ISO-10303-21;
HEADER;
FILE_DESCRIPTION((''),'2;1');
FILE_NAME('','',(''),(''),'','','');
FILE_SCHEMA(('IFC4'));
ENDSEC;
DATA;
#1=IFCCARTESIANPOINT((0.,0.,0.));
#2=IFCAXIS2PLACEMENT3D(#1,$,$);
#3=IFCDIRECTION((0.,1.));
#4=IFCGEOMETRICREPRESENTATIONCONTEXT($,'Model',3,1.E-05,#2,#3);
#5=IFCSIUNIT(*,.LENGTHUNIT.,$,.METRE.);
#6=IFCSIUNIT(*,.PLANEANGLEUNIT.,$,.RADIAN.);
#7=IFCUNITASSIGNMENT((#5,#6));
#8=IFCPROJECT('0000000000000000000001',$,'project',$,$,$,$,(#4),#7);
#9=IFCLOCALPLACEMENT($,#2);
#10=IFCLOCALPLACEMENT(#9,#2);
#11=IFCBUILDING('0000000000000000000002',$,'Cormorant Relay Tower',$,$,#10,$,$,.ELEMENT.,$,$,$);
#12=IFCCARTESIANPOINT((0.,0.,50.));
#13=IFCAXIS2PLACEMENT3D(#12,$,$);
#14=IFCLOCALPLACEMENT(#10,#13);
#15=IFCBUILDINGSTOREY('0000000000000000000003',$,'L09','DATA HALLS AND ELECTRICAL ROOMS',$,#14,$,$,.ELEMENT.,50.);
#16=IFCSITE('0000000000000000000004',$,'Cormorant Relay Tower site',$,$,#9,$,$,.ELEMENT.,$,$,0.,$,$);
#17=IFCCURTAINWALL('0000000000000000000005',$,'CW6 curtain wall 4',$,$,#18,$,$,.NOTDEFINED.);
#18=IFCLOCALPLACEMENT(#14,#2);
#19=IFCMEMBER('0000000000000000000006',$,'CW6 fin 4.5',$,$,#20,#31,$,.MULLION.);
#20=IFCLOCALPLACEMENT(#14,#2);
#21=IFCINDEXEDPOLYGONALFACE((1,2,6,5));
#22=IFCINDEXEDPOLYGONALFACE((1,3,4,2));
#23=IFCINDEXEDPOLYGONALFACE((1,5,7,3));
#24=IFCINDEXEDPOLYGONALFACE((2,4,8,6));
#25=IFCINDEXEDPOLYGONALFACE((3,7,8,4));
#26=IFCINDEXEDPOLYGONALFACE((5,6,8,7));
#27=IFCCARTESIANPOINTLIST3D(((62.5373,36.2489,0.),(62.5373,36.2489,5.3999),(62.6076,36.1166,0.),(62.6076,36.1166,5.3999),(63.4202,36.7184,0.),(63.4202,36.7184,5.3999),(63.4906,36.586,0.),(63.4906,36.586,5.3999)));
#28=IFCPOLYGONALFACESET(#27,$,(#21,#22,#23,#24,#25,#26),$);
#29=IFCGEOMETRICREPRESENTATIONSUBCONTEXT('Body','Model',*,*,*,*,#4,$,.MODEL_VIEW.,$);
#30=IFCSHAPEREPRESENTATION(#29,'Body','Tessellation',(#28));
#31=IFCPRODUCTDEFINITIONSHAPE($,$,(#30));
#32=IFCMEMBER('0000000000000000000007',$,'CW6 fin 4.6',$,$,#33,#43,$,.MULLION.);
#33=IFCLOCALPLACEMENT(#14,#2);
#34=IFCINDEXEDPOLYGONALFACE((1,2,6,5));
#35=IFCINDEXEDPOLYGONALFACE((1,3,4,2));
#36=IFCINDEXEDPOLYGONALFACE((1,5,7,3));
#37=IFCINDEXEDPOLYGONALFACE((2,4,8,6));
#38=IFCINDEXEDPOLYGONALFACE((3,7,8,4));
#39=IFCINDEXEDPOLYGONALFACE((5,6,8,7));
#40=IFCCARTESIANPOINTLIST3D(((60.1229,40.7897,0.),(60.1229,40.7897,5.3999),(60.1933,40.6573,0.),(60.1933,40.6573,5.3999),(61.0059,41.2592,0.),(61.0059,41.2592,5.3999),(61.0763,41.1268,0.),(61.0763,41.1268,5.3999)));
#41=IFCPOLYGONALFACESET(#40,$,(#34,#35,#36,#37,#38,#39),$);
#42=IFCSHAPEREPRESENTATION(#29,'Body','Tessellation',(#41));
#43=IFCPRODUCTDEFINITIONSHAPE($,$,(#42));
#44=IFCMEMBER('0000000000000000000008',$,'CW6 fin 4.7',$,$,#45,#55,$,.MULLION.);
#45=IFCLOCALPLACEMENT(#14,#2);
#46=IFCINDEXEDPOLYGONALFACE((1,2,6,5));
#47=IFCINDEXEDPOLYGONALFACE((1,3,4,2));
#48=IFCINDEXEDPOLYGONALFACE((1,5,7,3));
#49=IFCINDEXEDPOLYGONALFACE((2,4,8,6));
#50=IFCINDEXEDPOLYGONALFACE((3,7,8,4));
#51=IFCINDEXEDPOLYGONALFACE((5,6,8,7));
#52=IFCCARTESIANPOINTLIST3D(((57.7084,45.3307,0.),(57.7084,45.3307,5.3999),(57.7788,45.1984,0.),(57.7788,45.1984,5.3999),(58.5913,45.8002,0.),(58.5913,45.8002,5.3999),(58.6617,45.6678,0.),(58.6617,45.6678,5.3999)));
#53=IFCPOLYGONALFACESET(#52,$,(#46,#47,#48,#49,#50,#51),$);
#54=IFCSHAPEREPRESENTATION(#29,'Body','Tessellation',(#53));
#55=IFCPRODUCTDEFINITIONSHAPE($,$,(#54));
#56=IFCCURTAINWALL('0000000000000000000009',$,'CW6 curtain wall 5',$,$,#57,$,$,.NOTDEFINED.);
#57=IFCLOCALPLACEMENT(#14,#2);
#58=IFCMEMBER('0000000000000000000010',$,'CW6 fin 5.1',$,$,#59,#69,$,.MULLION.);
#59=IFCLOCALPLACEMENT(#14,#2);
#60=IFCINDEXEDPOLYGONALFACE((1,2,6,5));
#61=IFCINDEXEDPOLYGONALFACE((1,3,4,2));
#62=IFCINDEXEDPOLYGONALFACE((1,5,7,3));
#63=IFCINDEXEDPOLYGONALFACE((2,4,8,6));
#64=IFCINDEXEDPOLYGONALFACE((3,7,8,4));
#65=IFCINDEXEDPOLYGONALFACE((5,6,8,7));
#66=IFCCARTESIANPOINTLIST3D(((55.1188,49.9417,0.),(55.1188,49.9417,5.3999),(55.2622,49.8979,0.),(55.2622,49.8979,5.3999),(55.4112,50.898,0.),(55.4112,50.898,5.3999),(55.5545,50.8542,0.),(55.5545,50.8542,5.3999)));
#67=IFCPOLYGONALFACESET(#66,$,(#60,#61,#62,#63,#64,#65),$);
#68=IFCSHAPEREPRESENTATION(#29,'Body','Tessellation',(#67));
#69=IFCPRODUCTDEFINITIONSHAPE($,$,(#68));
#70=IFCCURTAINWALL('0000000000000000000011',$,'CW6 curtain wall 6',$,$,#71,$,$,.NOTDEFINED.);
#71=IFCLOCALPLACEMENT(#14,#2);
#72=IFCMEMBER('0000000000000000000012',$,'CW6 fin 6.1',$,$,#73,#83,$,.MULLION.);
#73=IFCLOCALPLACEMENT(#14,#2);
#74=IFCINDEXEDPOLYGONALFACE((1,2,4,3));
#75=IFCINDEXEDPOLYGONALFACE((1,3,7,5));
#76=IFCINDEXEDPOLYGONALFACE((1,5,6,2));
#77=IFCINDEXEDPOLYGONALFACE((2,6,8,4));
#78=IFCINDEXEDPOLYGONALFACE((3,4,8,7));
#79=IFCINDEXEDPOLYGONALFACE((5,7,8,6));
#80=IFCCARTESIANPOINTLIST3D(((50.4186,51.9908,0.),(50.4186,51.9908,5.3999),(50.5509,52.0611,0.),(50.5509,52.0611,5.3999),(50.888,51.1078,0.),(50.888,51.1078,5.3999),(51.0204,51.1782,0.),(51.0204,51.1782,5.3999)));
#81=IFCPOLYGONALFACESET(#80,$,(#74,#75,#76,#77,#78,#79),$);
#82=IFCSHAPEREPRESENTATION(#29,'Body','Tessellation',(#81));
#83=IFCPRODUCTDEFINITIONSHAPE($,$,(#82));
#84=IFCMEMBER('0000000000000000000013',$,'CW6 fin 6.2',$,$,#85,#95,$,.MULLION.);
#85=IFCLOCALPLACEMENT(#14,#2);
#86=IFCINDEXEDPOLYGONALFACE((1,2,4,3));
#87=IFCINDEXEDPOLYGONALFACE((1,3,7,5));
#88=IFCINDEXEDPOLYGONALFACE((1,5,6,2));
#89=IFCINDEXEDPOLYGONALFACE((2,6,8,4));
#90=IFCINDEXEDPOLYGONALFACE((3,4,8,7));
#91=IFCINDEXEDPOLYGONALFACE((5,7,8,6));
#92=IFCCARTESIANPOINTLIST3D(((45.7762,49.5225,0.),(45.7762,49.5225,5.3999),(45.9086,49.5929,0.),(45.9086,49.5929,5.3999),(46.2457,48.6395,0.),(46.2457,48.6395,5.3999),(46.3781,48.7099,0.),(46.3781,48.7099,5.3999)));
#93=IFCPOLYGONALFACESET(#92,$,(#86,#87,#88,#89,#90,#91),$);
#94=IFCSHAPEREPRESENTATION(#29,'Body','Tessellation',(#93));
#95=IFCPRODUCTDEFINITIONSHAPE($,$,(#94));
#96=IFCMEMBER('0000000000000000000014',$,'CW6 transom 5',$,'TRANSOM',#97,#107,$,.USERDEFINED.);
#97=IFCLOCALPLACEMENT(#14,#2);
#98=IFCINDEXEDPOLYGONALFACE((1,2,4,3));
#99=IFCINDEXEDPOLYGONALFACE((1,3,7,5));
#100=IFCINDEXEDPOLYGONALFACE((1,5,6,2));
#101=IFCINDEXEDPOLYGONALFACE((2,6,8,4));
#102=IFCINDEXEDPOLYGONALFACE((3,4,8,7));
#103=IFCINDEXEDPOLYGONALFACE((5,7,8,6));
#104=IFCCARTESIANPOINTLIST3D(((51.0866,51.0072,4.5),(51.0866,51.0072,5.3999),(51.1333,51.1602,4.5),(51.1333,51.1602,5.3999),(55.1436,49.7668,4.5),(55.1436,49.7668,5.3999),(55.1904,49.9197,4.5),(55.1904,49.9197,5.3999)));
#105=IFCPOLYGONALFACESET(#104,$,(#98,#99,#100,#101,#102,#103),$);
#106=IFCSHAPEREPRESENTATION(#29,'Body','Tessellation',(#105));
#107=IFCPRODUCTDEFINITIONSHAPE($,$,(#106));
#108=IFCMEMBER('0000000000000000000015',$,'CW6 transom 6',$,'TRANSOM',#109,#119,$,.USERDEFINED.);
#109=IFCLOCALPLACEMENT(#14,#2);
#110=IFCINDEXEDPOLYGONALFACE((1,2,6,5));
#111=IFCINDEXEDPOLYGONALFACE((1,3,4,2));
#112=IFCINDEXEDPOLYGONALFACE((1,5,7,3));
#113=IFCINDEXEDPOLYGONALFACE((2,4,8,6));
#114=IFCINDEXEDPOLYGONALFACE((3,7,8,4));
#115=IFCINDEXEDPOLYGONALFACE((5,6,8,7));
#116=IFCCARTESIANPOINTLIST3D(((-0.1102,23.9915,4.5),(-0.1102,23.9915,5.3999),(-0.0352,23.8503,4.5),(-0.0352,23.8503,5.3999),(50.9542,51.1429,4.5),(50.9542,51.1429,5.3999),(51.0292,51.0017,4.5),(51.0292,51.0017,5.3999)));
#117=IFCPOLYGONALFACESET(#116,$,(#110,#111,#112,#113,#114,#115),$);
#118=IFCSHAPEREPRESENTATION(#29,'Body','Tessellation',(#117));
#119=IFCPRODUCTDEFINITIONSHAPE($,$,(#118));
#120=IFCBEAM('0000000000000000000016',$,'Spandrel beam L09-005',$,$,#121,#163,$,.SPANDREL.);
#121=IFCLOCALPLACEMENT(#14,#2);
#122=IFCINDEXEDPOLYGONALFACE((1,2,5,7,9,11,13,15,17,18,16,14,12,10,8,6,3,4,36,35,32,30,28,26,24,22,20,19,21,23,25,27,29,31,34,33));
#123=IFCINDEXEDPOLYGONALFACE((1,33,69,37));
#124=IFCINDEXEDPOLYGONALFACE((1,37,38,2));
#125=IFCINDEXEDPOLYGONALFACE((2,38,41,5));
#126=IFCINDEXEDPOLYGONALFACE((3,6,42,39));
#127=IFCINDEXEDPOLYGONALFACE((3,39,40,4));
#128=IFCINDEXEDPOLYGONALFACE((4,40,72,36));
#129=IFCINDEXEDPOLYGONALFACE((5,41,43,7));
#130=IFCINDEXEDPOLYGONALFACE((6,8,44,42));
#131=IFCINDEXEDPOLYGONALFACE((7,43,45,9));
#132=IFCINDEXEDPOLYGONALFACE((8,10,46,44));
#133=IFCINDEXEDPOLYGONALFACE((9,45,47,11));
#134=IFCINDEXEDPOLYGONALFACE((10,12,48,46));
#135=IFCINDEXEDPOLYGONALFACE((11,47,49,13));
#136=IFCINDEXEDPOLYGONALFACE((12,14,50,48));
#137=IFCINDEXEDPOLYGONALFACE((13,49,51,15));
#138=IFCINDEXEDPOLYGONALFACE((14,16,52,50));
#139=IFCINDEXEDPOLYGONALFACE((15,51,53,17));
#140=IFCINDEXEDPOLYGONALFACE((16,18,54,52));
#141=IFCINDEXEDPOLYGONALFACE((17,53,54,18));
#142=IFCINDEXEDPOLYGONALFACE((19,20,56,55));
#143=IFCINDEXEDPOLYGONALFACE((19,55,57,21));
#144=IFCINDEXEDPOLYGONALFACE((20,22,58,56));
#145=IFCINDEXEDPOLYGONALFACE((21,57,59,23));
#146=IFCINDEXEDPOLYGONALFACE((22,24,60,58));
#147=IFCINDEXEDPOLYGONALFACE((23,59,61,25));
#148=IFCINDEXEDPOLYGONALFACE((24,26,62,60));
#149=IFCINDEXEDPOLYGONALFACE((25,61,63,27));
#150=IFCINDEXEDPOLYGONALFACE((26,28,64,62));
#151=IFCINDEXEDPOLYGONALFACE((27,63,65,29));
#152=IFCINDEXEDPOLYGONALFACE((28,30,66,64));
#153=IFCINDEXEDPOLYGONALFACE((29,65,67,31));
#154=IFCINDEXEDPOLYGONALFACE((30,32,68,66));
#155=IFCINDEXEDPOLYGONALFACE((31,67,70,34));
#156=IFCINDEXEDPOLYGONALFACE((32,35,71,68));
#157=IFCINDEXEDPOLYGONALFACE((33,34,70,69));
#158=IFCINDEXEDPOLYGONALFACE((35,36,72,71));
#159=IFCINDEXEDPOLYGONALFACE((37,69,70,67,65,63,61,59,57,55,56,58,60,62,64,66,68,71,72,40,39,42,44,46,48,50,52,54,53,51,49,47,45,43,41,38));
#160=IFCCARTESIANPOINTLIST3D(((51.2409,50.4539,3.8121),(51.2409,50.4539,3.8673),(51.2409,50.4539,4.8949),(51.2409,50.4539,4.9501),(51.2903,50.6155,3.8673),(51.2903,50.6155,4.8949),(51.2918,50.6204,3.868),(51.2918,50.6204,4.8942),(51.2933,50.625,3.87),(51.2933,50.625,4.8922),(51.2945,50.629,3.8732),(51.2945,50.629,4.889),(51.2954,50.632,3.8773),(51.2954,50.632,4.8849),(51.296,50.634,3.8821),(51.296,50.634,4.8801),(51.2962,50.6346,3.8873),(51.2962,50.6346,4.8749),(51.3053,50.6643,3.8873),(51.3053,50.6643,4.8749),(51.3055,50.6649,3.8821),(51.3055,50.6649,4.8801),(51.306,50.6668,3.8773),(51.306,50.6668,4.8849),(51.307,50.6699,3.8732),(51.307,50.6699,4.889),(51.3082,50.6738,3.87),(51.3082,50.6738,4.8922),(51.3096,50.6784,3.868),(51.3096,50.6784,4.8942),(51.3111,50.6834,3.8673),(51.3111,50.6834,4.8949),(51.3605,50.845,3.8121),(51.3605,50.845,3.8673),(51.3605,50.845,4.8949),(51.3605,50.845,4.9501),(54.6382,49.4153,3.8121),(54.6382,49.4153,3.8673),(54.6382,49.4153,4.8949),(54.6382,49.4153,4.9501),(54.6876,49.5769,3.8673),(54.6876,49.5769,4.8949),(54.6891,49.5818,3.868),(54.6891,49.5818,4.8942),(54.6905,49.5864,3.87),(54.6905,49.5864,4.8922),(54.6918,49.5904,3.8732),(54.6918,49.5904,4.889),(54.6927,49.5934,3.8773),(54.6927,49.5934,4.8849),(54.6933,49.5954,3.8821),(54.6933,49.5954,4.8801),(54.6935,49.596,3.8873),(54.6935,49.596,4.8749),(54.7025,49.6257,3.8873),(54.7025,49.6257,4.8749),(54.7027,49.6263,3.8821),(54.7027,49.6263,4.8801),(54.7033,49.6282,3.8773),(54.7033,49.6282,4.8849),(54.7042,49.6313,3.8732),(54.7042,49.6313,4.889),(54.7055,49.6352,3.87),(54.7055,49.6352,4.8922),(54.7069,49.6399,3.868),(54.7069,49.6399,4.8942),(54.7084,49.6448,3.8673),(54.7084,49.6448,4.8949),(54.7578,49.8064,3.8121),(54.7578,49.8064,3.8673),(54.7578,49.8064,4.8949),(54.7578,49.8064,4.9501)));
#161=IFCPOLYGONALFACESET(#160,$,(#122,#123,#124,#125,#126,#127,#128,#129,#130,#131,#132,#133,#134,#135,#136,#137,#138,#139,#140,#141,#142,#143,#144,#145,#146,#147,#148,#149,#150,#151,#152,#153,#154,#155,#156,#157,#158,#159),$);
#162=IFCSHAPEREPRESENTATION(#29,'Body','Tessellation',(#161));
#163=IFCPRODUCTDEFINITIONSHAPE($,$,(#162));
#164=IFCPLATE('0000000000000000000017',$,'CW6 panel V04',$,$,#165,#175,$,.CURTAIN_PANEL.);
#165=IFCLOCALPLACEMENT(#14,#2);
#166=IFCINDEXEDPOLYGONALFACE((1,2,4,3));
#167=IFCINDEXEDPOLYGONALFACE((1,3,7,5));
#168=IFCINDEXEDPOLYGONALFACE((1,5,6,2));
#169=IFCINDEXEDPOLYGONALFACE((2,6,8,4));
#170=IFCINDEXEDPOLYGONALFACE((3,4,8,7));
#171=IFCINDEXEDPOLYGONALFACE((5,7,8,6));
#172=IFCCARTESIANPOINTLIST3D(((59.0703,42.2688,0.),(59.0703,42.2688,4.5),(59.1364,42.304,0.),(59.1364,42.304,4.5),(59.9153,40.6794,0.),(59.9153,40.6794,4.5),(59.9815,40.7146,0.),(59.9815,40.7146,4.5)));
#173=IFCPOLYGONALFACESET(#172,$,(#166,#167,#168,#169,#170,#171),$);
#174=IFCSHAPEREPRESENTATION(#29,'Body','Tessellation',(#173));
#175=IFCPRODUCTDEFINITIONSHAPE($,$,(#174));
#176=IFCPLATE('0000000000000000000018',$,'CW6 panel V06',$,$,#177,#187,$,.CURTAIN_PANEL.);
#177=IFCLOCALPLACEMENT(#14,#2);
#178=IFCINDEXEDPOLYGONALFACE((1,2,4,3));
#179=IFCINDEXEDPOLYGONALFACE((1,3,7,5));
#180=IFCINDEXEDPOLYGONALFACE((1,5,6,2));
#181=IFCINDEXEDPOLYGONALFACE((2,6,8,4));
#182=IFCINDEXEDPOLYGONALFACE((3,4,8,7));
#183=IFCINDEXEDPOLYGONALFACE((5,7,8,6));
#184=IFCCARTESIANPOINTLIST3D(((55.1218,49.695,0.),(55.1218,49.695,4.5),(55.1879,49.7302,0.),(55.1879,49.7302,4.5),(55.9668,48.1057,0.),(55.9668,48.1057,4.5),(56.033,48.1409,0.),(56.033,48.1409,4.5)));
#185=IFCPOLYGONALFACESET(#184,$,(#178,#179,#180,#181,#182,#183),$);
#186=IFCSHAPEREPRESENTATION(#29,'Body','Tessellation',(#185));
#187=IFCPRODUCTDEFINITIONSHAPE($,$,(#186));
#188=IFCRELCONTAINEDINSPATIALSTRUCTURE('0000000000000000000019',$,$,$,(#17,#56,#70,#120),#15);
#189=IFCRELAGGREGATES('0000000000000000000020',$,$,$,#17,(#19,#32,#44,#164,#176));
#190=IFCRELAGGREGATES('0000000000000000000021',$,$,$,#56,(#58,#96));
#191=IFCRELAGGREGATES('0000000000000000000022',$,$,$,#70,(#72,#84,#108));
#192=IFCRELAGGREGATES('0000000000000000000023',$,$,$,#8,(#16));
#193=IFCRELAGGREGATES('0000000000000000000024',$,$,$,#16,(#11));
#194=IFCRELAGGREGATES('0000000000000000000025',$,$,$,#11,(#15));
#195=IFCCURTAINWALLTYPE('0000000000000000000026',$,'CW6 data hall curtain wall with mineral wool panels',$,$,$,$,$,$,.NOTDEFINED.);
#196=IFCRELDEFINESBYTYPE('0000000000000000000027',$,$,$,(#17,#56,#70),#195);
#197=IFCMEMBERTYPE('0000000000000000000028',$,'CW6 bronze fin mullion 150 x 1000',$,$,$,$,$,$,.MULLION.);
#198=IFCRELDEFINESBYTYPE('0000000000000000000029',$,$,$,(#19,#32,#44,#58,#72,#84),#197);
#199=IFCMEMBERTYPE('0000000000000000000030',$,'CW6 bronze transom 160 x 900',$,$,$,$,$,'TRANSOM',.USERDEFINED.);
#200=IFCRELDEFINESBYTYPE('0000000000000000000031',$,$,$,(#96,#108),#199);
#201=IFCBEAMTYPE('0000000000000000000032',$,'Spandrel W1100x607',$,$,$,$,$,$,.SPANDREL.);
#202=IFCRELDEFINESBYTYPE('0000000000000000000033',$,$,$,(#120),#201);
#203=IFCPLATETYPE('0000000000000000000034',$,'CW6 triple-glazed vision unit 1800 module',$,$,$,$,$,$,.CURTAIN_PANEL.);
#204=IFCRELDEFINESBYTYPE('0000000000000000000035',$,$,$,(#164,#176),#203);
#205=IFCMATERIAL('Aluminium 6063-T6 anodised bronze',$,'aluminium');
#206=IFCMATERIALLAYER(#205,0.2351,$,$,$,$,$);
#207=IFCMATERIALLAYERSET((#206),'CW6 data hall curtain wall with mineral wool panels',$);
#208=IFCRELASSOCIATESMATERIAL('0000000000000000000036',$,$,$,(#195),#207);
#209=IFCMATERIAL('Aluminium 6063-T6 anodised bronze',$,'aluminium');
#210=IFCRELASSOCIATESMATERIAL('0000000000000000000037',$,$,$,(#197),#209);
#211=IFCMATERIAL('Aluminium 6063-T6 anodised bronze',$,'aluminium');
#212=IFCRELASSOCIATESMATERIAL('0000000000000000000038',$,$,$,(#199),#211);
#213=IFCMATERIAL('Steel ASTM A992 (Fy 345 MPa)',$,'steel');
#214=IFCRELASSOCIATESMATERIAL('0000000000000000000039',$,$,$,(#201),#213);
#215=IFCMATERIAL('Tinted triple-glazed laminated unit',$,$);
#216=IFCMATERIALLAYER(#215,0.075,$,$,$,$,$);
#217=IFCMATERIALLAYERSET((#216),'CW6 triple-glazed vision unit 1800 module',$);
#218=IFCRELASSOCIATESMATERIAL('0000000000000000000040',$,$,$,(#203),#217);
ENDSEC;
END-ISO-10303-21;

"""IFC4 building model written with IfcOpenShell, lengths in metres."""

from ifc_helpers import new_model, si_unit, direction, frame, origin, origin_2d, place, context, subcontext, project, spatial, rectangle, i_section, extrude, material, layer, layer_set, material_profile, profile_set, type_object, element, aggregate, save


model = new_model("IFC4")

# Units and contexts
model_context = context("Model", 3, precision=1e-05, world=origin(), true_north=direction((0.0, 1.0)))
body_context = subcontext(model_context, "Body", "Model", "MODEL_VIEW")
ifc_project = project(units=[si_unit("LENGTHUNIT", "METRE"), si_unit("PLANEANGLEUNIT", "RADIAN")], contexts=[model_context])

# Site, building, storey
site_placement = place(None, origin())
site = spatial("IfcSite", under=ifc_project, at=site_placement, Name="Cormorant Relay Tower site", CompositionType="ELEMENT", RefElevation=0.0)
building_placement = place(site_placement, origin())
building = spatial("IfcBuilding", under=site, at=building_placement, Name="Cormorant Relay Tower", CompositionType="ELEMENT")
storey_placement = place(building_placement, frame((0.0, 0.0, 50.0)))
storey = spatial("IfcBuildingStorey", under=building, at=storey_placement, Name="L09", Description="DATA HALLS AND ELECTRICAL ROOMS", CompositionType="ELEMENT", Elevation=50.0)

# Curtain wall, members
ifc_material_1 = material(Name="Aluminium 6063-T6 anodised bronze", Category="aluminium")
ifc_layer_1 = layer(ifc_material_1, 0.2351)
ifc_layer_set_1 = layer_set([ifc_layer_1], Name="CW6 data hall curtain wall with mineral wool panels")
curtain_wall_type = type_object("IfcCurtainWallType", Name="CW6 data hall curtain wall with mineral wool panels", PredefinedType="NOTDEFINED", material=ifc_layer_set_1)
curtain_wall_1_placement = place(storey_placement, origin())
curtain_wall_1 = element("IfcCurtainWall", 1, at=curtain_wall_1_placement, inside=storey, type_object=curtain_wall_type, Name="CW6 curtain wall 4", PredefinedType="NOTDEFINED")
ifc_material_2 = material(Name="Aluminium 6063-T6 anodised bronze", Category="aluminium")
ifc_material_profile_1 = material_profile(ifc_material_2, rectangle(XDim=0.1499, YDim=1.0, at=origin_2d()), Name="AL 150x1000")
ifc_profile_set_1 = profile_set([ifc_material_profile_1], Name="Aluminium 6063-T6 anodised bronze")
member_type_1 = type_object("IfcMemberType", Name="CW6 bronze fin mullion 150 x 1000", PredefinedType="MULLION", material=ifc_profile_set_1)
member_1_placement = place(storey_placement, frame((63.0139, 36.4175, 0.0), z_axis=(0.0, 0.0, 1.0), x_axis=(-0.469472, 0.882948, 0.0)))
member_1 = element("IfcMember", 2, at=member_1_placement, type_object=member_type_1, Name="CW6 fin 4.5", PredefinedType="MULLION", context=body_context, shape_type="SweptSolid", body=[
    extrude(rectangle(XDim=0.1499, YDim=1.0, at=origin_2d()), origin(), (0.0, 0.0, 1.0), 5.3999),
])
member_2_placement = place(storey_placement, frame((60.5996, 40.9583, 0.0), z_axis=(0.0, 0.0, 1.0), x_axis=(-0.469472, 0.882948, 0.0)))
member_2 = element("IfcMember", 3, at=member_2_placement, type_object=member_type_1, Name="CW6 fin 4.6", PredefinedType="MULLION", context=body_context, shape_type="SweptSolid", body=[
    extrude(rectangle(XDim=0.1499, YDim=1.0, at=origin_2d()), origin(), (0.0, 0.0, 1.0), 5.3999),
])
member_3_placement = place(storey_placement, frame((58.1851, 45.4993, 0.0), z_axis=(0.0, 0.0, 1.0), x_axis=(-0.469472, 0.882948, 0.0)))
member_3 = element("IfcMember", 4, at=member_3_placement, type_object=member_type_1, Name="CW6 fin 4.7", PredefinedType="MULLION", context=body_context, shape_type="SweptSolid", body=[
    extrude(rectangle(XDim=0.1499, YDim=1.0, at=origin_2d()), origin(), (0.0, 0.0, 1.0), 5.3999),
])

# Curtain wall, member
curtain_wall_2_placement = place(storey_placement, origin())
curtain_wall_2 = element("IfcCurtainWall", 5, at=curtain_wall_2_placement, inside=storey, type_object=curtain_wall_type, Name="CW6 curtain wall 5", PredefinedType="NOTDEFINED")
member_4_placement = place(storey_placement, frame((55.3367, 50.3979, 0.0), z_axis=(0.0, 0.0, 1.0), x_axis=(-0.956305, 0.292372, 0.0)))
member_4 = element("IfcMember", 6, at=member_4_placement, type_object=member_type_1, Name="CW6 fin 5.1", PredefinedType="MULLION", context=body_context, shape_type="SweptSolid", body=[
    extrude(rectangle(XDim=0.1499, YDim=1.0, at=origin_2d()), origin(), (0.0, 0.0, 1.0), 5.3999),
])

# Curtain wall, members
curtain_wall_3_placement = place(storey_placement, origin())
curtain_wall_3 = element("IfcCurtainWall", 7, at=curtain_wall_3_placement, inside=storey, type_object=curtain_wall_type, Name="CW6 curtain wall 6", PredefinedType="NOTDEFINED")
member_5_placement = place(storey_placement, frame((50.7195, 51.5845, 0.0), z_axis=(0.0, 0.0, 1.0), x_axis=(-0.882948, -0.469472, 0.0)))
member_5 = element("IfcMember", 8, at=member_5_placement, type_object=member_type_1, Name="CW6 fin 6.1", PredefinedType="MULLION", context=body_context, shape_type="SweptSolid", body=[
    extrude(rectangle(XDim=0.1499, YDim=1.0, at=origin_2d()), origin(), (0.0, 0.0, 1.0), 5.3999),
])
member_6_placement = place(storey_placement, frame((46.0771, 49.1162, 0.0), z_axis=(0.0, 0.0, 1.0), x_axis=(-0.882948, -0.469472, 0.0)))
member_6 = element("IfcMember", 9, at=member_6_placement, type_object=member_type_1, Name="CW6 fin 6.2", PredefinedType="MULLION", context=body_context, shape_type="SweptSolid", body=[
    extrude(rectangle(XDim=0.1499, YDim=1.0, at=origin_2d()), origin(), (0.0, 0.0, 1.0), 5.3999),
])

# Members
ifc_material_3 = material(Name="Aluminium 6063-T6 anodised bronze", Category="aluminium")
ifc_material_profile_2 = material_profile(ifc_material_3, rectangle(XDim=0.1599, YDim=0.8999, at=origin_2d()), Name="AL 160x900")
ifc_profile_set_2 = profile_set([ifc_material_profile_2], Name="Aluminium 6063-T6 anodised bronze")
member_type_2 = type_object("IfcMemberType", Name="CW6 bronze transom 160 x 900", ElementType="TRANSOM", PredefinedType="USERDEFINED", material=ifc_profile_set_2)
member_7_placement = place(storey_placement, frame((55.167, 49.8433, 4.95), z_axis=(-0.956299, 0.292391, 0.0), x_axis=(-0.292391, -0.956299, 0.0)))
member_7 = element("IfcMember", 10, at=member_7_placement, type_object=member_type_2, Name="CW6 transom 5", ObjectType="TRANSOM", PredefinedType="USERDEFINED", context=body_context, shape_type="SweptSolid", body=[
    extrude(rectangle(XDim=0.1599, YDim=0.8999, at=origin_2d()), origin(), (0.0, 0.0, 1.0), 4.2424),
])
member_8_placement = place(storey_placement, frame((50.9917, 51.0723, 4.95), z_axis=(-0.882948, -0.46947, 0.0), x_axis=(0.46947, -0.882948, 0.0)))
member_8 = element("IfcMember", 11, at=member_8_placement, type_object=member_type_2, Name="CW6 transom 6", ObjectType="TRANSOM", PredefinedType="USERDEFINED", context=body_context, shape_type="SweptSolid", body=[
    extrude(rectangle(XDim=0.1599, YDim=0.8999, at=origin_2d()), origin(), (0.0, 0.0, 1.0), 57.834),
])

# Beam
ifc_material_4 = material(Name="Steel ASTM A992 (Fy 345 MPa)", Category="steel")
ifc_material_profile_3 = material_profile(ifc_material_4, i_section(OverallWidth=0.4089, OverallDepth=1.1379, WebThickness=0.031, FlangeThickness=0.0552, FilletRadius=0.02, at=origin_2d()), Name="W1100x607")
ifc_profile_set_3 = profile_set([ifc_material_profile_3], Name="Steel ASTM A992 (Fy 345 MPa)")
beam_type = type_object("IfcBeamType", Name="Spandrel W1100x607", PredefinedType="SPANDREL", material=ifc_profile_set_3)
beam_placement = place(storey_placement, frame((54.698, 49.6108, 4.3811), z_axis=(-0.956309, 0.292356, 0.0), x_axis=(-0.292356, -0.956309, 0.0)))
element("IfcBeam", 12, at=beam_placement, inside=storey, type_object=beam_type, Name="Spandrel beam L09-005", PredefinedType="SPANDREL", context=body_context, shape_type="SweptSolid", body=[
    extrude(i_section(OverallWidth=0.4089, OverallDepth=1.1379, WebThickness=0.031, FlangeThickness=0.0552, FilletRadius=0.02, at=origin_2d()), origin(), (0.0, 0.0, 1.0), 3.5525),
])

# Plates
ifc_material_5 = material(Name="Tinted triple-glazed laminated unit")
ifc_layer_2 = layer(ifc_material_5, 0.075)
ifc_layer_set_2 = layer_set([ifc_layer_2], Name="CW6 triple-glazed vision unit 1800 module")
plate_type = type_object("IfcPlateType", Name="CW6 triple-glazed vision unit 1800 module", PredefinedType="CURTAIN_PANEL", material=ifc_layer_set_2)
plate_1_placement = place(storey_placement, frame((59.5259, 41.4917, 0.0), z_axis=(0.0, 0.0, 1.0), x_axis=(-0.469472, 0.882948, 0.0)))
plate_1 = element("IfcPlate", 13, at=plate_1_placement, type_object=plate_type, Name="CW6 panel V04", PredefinedType="CURTAIN_PANEL", context=body_context, shape_type="SweptSolid", body=[
    extrude(rectangle(XDim=1.8, YDim=0.075, at=origin_2d()), origin(), (0.0, 0.0, 1.0), 4.5),
])
plate_2_placement = place(storey_placement, frame((55.5774, 48.918, 0.0), z_axis=(0.0, 0.0, 1.0), x_axis=(-0.469472, 0.882948, 0.0)))
plate_2 = element("IfcPlate", 14, at=plate_2_placement, type_object=plate_type, Name="CW6 panel V06", PredefinedType="CURTAIN_PANEL", context=body_context, shape_type="SweptSolid", body=[
    extrude(rectangle(XDim=1.8, YDim=0.075, at=origin_2d()), origin(), (0.0, 0.0, 1.0), 4.5),
])

aggregate(curtain_wall_1, [member_1, member_2, member_3, plate_1, plate_2])
aggregate(curtain_wall_2, [member_4, member_7])
aggregate(curtain_wall_3, [member_5, member_6, member_8])

save(model, "model.ifc")
